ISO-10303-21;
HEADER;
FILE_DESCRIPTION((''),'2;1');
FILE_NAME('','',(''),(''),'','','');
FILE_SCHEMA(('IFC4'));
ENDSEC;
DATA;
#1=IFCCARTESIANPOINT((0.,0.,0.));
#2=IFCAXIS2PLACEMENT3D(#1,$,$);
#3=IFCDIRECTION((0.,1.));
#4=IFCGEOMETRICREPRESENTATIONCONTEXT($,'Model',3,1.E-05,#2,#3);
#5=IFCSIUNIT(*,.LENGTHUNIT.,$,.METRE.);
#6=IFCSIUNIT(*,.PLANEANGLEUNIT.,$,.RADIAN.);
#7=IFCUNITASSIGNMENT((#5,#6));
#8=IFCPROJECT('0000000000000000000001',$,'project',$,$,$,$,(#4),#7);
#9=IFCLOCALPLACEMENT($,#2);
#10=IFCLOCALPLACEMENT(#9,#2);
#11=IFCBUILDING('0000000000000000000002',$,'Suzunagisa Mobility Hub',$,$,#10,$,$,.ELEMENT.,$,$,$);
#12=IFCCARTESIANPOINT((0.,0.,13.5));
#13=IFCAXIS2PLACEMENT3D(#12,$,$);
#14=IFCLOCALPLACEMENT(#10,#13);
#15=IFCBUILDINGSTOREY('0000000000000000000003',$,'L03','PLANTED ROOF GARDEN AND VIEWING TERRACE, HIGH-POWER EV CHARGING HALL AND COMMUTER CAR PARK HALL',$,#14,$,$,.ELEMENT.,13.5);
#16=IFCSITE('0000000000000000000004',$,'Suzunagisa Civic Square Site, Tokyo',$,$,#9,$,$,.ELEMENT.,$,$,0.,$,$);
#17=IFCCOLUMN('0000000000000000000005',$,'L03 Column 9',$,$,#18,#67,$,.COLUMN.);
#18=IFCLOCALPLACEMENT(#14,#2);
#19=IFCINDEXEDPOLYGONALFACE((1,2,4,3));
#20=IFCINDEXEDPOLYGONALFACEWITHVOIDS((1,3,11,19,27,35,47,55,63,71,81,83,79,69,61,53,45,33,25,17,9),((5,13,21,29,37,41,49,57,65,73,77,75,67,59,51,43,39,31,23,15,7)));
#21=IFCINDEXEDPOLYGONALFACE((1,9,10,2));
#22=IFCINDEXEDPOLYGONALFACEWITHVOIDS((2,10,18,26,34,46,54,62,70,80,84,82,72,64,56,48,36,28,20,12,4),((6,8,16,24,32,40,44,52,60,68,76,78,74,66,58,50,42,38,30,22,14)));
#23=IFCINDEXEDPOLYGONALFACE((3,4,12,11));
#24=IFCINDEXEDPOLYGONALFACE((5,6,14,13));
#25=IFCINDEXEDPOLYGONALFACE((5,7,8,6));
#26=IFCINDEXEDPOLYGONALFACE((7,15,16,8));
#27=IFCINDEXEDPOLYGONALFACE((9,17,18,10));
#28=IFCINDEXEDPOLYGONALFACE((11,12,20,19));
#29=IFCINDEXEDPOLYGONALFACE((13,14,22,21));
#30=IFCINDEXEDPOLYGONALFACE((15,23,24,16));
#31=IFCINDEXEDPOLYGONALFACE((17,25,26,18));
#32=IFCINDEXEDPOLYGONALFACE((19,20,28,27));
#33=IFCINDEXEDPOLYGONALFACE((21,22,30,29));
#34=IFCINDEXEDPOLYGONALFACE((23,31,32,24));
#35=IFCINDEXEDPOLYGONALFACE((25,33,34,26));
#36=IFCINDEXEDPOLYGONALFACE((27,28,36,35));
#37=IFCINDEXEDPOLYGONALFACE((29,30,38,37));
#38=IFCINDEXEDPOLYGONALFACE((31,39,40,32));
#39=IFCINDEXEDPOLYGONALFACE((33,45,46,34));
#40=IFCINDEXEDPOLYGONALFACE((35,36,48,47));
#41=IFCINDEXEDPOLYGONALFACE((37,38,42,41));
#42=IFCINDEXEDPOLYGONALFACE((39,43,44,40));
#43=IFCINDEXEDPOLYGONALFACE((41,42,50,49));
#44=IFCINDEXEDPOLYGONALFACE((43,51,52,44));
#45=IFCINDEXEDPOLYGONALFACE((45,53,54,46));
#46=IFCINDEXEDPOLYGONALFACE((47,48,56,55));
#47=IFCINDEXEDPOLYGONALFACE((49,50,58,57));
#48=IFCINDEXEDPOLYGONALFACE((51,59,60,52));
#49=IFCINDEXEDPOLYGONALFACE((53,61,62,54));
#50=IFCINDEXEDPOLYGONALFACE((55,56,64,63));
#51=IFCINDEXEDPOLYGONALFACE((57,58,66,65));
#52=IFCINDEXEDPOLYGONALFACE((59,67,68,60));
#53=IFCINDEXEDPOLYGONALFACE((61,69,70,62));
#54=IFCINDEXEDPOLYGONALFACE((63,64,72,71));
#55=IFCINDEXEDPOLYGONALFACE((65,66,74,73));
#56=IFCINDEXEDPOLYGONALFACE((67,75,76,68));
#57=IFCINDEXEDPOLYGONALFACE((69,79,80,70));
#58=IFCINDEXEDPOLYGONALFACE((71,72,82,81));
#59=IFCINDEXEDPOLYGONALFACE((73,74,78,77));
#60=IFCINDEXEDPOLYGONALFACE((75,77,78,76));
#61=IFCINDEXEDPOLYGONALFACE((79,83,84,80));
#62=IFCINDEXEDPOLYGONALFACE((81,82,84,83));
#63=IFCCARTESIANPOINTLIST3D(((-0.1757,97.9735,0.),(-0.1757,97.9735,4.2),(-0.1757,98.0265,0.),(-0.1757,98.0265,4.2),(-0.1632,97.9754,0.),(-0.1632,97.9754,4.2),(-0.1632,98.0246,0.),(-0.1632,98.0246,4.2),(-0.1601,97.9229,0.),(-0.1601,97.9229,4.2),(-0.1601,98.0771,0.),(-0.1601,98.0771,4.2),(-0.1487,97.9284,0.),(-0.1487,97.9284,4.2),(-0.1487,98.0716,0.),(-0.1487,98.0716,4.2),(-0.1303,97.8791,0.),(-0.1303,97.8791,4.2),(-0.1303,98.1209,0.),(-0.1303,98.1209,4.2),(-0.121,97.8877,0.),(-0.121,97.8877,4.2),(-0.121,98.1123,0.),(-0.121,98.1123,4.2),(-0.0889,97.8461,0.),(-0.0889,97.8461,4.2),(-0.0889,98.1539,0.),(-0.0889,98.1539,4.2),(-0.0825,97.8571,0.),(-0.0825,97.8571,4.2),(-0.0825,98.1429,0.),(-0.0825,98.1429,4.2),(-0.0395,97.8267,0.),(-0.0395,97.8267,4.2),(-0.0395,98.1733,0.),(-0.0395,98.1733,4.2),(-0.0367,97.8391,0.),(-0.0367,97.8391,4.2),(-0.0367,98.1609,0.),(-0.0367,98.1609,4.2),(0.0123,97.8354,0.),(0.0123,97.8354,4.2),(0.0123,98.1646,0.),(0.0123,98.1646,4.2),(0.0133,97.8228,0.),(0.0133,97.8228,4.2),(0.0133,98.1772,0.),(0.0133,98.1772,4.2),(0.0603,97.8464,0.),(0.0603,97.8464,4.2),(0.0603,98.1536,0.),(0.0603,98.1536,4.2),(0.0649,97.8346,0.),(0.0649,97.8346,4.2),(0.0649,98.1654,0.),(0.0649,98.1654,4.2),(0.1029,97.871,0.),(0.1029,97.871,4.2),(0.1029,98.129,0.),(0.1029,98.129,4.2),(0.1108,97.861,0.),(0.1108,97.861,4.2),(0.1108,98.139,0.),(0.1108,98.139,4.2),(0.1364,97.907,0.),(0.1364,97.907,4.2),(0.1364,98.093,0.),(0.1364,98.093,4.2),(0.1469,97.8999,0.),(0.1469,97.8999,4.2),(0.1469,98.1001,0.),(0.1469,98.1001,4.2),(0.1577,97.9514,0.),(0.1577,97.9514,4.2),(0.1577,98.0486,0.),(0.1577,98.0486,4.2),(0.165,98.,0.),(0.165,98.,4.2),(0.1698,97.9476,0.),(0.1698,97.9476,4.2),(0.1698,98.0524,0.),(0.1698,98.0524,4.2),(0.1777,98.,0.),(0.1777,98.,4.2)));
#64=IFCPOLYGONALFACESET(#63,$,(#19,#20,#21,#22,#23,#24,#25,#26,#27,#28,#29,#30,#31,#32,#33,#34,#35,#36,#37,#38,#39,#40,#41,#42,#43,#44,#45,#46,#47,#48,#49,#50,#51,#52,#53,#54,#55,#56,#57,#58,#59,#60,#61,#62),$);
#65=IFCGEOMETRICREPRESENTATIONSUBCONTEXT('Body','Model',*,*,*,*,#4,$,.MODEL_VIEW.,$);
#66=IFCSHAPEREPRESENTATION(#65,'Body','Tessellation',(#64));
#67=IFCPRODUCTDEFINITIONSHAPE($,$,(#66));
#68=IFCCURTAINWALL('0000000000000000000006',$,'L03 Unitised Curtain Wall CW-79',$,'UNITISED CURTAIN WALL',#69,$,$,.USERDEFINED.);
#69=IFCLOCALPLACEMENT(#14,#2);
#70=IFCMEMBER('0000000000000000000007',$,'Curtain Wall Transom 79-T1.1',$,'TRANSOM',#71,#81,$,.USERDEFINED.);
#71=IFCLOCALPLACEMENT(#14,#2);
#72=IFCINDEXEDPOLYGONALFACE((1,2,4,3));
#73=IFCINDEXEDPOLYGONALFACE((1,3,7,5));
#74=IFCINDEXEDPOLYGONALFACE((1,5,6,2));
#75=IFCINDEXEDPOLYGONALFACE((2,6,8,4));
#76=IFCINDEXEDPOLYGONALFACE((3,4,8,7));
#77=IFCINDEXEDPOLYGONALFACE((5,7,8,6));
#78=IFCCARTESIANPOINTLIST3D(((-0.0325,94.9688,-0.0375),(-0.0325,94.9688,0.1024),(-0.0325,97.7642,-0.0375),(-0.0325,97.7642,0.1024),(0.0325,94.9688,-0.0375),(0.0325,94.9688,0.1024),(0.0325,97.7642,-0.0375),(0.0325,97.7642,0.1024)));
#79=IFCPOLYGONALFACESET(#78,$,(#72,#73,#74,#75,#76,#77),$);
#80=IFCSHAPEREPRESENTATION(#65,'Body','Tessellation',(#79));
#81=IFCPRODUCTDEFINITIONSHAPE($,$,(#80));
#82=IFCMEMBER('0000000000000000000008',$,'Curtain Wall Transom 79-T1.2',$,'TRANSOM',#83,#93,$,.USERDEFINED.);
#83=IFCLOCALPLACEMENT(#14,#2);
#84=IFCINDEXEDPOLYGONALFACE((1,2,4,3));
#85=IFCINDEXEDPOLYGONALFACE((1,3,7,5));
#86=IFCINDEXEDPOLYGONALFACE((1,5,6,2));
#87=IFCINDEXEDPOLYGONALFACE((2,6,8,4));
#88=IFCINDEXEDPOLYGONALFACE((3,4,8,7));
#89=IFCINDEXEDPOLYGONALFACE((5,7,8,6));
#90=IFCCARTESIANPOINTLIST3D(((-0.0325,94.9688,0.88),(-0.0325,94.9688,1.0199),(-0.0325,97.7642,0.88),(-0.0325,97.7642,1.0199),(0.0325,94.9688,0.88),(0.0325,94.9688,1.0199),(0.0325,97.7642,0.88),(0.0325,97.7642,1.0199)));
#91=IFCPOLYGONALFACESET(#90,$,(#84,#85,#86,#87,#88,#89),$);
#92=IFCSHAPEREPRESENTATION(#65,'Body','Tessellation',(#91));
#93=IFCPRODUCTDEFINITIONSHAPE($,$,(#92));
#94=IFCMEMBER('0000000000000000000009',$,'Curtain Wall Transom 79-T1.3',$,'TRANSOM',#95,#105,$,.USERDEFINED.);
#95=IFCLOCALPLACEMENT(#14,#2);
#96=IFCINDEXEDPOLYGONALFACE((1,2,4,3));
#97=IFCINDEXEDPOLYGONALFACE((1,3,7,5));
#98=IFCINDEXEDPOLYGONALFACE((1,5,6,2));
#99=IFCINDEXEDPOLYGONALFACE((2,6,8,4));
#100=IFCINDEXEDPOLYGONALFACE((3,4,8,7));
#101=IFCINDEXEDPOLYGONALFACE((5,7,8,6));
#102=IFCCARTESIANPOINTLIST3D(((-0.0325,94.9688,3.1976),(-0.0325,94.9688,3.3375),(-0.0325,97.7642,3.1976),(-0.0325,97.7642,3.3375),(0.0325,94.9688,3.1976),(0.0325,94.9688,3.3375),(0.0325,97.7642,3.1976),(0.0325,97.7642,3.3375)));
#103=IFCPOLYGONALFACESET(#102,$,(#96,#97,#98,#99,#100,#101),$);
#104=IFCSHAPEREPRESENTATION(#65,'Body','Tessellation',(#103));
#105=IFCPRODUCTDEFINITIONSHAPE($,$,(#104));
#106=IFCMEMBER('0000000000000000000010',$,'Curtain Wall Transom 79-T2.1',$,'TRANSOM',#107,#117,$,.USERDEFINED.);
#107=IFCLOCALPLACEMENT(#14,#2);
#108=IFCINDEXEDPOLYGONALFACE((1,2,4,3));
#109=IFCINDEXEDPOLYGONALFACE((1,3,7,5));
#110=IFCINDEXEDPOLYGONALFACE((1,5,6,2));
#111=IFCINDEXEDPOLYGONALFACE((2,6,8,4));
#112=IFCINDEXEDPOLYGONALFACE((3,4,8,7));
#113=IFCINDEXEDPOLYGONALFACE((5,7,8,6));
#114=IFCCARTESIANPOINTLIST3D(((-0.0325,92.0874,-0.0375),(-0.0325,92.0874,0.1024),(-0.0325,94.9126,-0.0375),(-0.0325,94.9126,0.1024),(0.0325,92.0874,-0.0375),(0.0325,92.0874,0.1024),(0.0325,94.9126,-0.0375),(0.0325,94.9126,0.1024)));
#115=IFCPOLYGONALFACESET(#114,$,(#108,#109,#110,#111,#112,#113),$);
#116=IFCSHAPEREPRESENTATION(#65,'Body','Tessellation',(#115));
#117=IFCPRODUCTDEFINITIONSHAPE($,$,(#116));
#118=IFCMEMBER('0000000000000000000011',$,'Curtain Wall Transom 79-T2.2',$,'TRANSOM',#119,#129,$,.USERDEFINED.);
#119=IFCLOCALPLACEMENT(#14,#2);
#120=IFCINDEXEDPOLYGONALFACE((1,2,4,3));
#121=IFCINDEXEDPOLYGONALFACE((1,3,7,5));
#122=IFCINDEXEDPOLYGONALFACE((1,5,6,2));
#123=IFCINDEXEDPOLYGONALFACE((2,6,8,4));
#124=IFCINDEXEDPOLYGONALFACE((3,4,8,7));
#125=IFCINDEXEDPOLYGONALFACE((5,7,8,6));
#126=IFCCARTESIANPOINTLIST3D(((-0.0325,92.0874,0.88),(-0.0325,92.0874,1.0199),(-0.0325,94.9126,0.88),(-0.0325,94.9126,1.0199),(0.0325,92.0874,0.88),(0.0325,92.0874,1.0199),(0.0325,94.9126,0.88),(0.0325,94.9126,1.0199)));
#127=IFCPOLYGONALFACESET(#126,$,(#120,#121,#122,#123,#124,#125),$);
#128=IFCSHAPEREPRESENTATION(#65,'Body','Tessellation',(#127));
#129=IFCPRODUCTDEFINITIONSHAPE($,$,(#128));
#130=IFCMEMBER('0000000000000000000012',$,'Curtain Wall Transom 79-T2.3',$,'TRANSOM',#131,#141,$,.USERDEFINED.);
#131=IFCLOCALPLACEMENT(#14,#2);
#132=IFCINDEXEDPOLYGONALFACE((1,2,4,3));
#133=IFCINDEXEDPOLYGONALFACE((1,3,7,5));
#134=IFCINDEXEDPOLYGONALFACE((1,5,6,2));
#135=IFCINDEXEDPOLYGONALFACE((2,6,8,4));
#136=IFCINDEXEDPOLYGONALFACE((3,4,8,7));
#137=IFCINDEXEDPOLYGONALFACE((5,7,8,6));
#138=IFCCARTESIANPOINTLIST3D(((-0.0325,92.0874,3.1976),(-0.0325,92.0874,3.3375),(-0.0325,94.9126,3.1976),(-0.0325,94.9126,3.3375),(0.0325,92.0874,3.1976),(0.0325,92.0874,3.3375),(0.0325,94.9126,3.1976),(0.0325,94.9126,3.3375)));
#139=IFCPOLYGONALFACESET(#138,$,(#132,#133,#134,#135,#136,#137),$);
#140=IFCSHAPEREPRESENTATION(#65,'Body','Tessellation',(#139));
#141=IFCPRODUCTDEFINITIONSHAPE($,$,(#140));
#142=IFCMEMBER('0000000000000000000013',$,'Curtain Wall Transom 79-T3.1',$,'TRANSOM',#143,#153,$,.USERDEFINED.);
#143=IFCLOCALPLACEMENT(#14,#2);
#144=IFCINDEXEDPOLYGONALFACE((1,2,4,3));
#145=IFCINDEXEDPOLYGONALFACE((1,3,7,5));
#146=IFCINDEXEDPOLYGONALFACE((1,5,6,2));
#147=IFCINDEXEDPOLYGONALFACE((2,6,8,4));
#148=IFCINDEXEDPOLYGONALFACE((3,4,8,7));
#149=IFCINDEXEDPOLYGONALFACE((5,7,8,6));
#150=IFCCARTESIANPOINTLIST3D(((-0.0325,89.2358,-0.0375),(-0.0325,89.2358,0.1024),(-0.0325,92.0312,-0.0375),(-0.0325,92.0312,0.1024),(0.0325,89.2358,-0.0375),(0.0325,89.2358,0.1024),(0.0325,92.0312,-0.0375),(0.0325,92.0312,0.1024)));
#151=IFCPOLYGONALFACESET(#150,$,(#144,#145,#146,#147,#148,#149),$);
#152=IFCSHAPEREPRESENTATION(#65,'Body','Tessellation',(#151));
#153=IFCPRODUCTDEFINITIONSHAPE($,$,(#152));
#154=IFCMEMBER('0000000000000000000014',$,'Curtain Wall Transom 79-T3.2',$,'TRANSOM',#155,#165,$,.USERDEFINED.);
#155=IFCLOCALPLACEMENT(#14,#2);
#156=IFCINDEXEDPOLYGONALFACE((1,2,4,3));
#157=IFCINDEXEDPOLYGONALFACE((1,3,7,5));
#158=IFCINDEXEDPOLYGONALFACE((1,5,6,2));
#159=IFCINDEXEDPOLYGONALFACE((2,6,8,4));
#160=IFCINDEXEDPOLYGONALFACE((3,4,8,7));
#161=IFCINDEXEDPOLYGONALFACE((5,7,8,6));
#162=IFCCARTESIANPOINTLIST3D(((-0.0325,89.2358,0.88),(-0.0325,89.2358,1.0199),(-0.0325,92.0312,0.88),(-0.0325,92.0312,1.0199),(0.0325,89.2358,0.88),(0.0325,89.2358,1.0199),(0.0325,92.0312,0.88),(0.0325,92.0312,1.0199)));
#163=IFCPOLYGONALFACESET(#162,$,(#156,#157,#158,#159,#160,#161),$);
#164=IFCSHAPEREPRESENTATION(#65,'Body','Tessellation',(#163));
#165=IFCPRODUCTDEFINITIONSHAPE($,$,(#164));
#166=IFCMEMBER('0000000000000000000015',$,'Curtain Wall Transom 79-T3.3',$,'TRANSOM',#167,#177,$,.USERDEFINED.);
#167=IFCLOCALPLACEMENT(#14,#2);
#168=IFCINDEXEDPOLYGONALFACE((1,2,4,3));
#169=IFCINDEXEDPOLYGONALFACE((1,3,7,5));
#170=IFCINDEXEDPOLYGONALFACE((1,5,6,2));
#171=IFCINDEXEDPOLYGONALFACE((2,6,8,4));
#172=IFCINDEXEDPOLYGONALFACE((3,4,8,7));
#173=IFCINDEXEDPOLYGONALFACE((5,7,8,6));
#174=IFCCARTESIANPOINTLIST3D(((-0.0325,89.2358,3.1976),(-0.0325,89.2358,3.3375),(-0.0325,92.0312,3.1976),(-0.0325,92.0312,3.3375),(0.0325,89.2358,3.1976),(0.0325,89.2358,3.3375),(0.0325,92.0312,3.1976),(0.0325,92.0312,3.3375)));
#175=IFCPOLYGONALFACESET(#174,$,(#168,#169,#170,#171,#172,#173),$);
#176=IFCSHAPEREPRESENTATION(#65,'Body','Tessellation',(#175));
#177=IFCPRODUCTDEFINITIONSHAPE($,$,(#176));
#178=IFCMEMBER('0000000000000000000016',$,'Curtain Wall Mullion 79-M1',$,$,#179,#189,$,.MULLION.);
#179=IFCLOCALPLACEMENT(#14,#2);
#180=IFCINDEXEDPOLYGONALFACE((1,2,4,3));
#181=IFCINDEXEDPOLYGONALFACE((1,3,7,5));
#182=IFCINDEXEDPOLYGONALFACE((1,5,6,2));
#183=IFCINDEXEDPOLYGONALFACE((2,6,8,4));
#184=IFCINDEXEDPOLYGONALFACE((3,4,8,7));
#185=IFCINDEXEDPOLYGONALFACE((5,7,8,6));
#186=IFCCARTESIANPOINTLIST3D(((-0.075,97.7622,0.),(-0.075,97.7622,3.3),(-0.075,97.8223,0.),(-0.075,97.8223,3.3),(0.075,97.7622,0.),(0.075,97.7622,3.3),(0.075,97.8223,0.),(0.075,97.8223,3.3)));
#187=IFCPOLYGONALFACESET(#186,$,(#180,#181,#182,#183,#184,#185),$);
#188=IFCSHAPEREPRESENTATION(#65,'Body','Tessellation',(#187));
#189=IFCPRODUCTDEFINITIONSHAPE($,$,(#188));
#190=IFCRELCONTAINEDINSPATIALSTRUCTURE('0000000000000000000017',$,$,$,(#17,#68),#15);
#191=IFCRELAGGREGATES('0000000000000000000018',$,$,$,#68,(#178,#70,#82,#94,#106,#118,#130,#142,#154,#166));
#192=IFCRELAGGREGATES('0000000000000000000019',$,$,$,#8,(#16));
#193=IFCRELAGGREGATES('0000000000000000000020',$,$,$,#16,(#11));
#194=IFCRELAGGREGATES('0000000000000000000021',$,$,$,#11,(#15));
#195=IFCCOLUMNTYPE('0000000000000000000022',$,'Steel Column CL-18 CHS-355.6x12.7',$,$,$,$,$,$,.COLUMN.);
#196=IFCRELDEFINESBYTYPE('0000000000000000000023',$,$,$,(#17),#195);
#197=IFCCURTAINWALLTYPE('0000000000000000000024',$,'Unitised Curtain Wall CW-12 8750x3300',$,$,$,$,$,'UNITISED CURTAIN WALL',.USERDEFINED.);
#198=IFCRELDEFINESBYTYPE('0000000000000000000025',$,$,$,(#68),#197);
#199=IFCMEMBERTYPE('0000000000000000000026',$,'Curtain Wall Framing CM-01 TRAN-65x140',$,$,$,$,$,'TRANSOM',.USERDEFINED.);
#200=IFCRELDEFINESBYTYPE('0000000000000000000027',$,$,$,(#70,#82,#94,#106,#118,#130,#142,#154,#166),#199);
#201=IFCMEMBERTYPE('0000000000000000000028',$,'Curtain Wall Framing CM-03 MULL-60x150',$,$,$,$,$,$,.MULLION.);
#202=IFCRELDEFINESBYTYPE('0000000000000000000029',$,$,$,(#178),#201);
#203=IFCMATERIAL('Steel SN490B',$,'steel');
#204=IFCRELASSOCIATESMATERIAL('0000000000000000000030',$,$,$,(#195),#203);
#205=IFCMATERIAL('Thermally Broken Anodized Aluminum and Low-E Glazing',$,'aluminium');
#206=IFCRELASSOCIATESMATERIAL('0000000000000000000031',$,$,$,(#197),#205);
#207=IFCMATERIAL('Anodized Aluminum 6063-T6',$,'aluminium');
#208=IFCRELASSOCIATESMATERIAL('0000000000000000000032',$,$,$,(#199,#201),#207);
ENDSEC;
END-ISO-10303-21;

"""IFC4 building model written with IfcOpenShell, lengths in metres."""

from ifc_helpers import new_model, si_unit, direction, frame, origin, origin_2d, place, context, subcontext, project, spatial, rectangle, hollow_circle, extrude, material, material_profile, profile_set, type_object, element, aggregate, save


model = new_model("IFC4")

# Units and contexts
model_context = context("Model", 3, precision=1e-05, world=origin(), true_north=direction((0.0, 1.0)))
body_context = subcontext(model_context, "Body", "Model", "MODEL_VIEW")
ifc_project = project(units=[si_unit("LENGTHUNIT", "METRE"), si_unit("PLANEANGLEUNIT", "RADIAN")], contexts=[model_context])

# Site, building, storey
site_placement = place(None, origin())
site = spatial("IfcSite", under=ifc_project, at=site_placement, Name="Suzunagisa Civic Square Site, Tokyo", CompositionType="ELEMENT", RefElevation=0.0)
building_placement = place(site_placement, origin())
building = spatial("IfcBuilding", under=site, at=building_placement, Name="Suzunagisa Mobility Hub", CompositionType="ELEMENT")
storey_placement = place(building_placement, frame((0.0, 0.0, 13.5)))
storey = spatial("IfcBuildingStorey", under=building, at=storey_placement, Name="L03", Description="PLANTED ROOF GARDEN AND VIEWING TERRACE, HIGH-POWER EV CHARGING HALL AND COMMUTER CAR PARK HALL", CompositionType="ELEMENT", Elevation=13.5)

# Column
ifc_material_1 = material(Name="Steel SN490B", Category="steel")
ifc_material_profile_1 = material_profile(ifc_material_1, hollow_circle(Radius=0.1777, WallThickness=0.0127, at=origin_2d()), Name="CHS-355.6x12.7")
ifc_profile_set_1 = profile_set([ifc_material_profile_1], Name="Steel SN490B")
column_type = type_object("IfcColumnType", Name="Steel Column CL-18 CHS-355.6x12.7", PredefinedType="COLUMN", material=ifc_profile_set_1)
column_placement = place(storey_placement, frame((0.0, 98.0, 0.0), z_axis=(0.0, 0.0, 1.0), x_axis=(1.0, 0.0, 0.0)))
element("IfcColumn", 1, at=column_placement, inside=storey, type_object=column_type, Name="L03 Column 9", PredefinedType="COLUMN", context=body_context, shape_type="SweptSolid", body=[
    extrude(hollow_circle(Radius=0.1777, WallThickness=0.0127, at=origin_2d()), origin(), (0.0, 0.0, 1.0), 4.2),
])

# Curtain wall, members
ifc_material_2 = material(Name="Thermally Broken Anodized Aluminum and Low-E Glazing", Category="aluminium")
curtain_wall_type = type_object("IfcCurtainWallType", Name="Unitised Curtain Wall CW-12 8750x3300", ElementType="UNITISED CURTAIN WALL", PredefinedType="USERDEFINED", material=ifc_material_2)
curtain_wall_placement = place(storey_placement, origin())
curtain_wall = element("IfcCurtainWall", 2, at=curtain_wall_placement, inside=storey, type_object=curtain_wall_type, Name="L03 Unitised Curtain Wall CW-79", ObjectType="UNITISED CURTAIN WALL", PredefinedType="USERDEFINED")
ifc_material_3 = material(Name="Anodized Aluminum 6063-T6", Category="aluminium")
ifc_material_profile_2 = material_profile(ifc_material_3, rectangle(XDim=0.0649, YDim=0.1399, at=origin_2d()), Name="TRAN-65x140")
ifc_profile_set_2 = profile_set([ifc_material_profile_2], Name="Anodized Aluminum 6063-T6")
member_type_1 = type_object("IfcMemberType", Name="Curtain Wall Framing CM-01 TRAN-65x140", ElementType="TRANSOM", PredefinedType="USERDEFINED", material=ifc_profile_set_2)
member_1_placement = place(storey_placement, frame((0.0, 97.7642, 0.0325), z_axis=(0.0, -1.0, 0.0), x_axis=(1.0, 0.0, 0.0)))
member_1 = element("IfcMember", 3, at=member_1_placement, type_object=member_type_1, Name="Curtain Wall Transom 79-T1.1", ObjectType="TRANSOM", PredefinedType="USERDEFINED", context=body_context, shape_type="SweptSolid", body=[
    extrude(rectangle(XDim=0.0649, YDim=0.1399, at=origin_2d()), origin(), (0.0, 0.0, 1.0), 2.7954),
])
member_2_placement = place(storey_placement, frame((0.0, 97.7642, 0.95), z_axis=(0.0, -1.0, 0.0), x_axis=(1.0, 0.0, 0.0)))
member_2 = element("IfcMember", 4, at=member_2_placement, type_object=member_type_1, Name="Curtain Wall Transom 79-T1.2", ObjectType="TRANSOM", PredefinedType="USERDEFINED", context=body_context, shape_type="SweptSolid", body=[
    extrude(rectangle(XDim=0.0649, YDim=0.1399, at=origin_2d()), origin(), (0.0, 0.0, 1.0), 2.7954),
])
member_3_placement = place(storey_placement, frame((0.0, 97.7642, 3.2676), z_axis=(0.0, -1.0, 0.0), x_axis=(1.0, 0.0, 0.0)))
member_3 = element("IfcMember", 5, at=member_3_placement, type_object=member_type_1, Name="Curtain Wall Transom 79-T1.3", ObjectType="TRANSOM", PredefinedType="USERDEFINED", context=body_context, shape_type="SweptSolid", body=[
    extrude(rectangle(XDim=0.0649, YDim=0.1399, at=origin_2d()), origin(), (0.0, 0.0, 1.0), 2.7954),
])
member_4_placement = place(storey_placement, frame((0.0, 94.9126, 0.0325), z_axis=(0.0, -1.0, 0.0), x_axis=(1.0, 0.0, 0.0)))
member_4 = element("IfcMember", 6, at=member_4_placement, type_object=member_type_1, Name="Curtain Wall Transom 79-T2.1", ObjectType="TRANSOM", PredefinedType="USERDEFINED", context=body_context, shape_type="SweptSolid", body=[
    extrude(rectangle(XDim=0.0649, YDim=0.1399, at=origin_2d()), origin(), (0.0, 0.0, 1.0), 2.8252),
])
member_5_placement = place(storey_placement, frame((0.0, 94.9126, 0.95), z_axis=(0.0, -1.0, 0.0), x_axis=(1.0, 0.0, 0.0)))
member_5 = element("IfcMember", 7, at=member_5_placement, type_object=member_type_1, Name="Curtain Wall Transom 79-T2.2", ObjectType="TRANSOM", PredefinedType="USERDEFINED", context=body_context, shape_type="SweptSolid", body=[
    extrude(rectangle(XDim=0.0649, YDim=0.1399, at=origin_2d()), origin(), (0.0, 0.0, 1.0), 2.8252),
])
member_6_placement = place(storey_placement, frame((0.0, 94.9126, 3.2676), z_axis=(0.0, -1.0, 0.0), x_axis=(1.0, 0.0, 0.0)))
member_6 = element("IfcMember", 8, at=member_6_placement, type_object=member_type_1, Name="Curtain Wall Transom 79-T2.3", ObjectType="TRANSOM", PredefinedType="USERDEFINED", context=body_context, shape_type="SweptSolid", body=[
    extrude(rectangle(XDim=0.0649, YDim=0.1399, at=origin_2d()), origin(), (0.0, 0.0, 1.0), 2.8252),
])
member_7_placement = place(storey_placement, frame((0.0, 92.0312, 0.0325), z_axis=(0.0, -1.0, 0.0), x_axis=(1.0, 0.0, 0.0)))
member_7 = element("IfcMember", 9, at=member_7_placement, type_object=member_type_1, Name="Curtain Wall Transom 79-T3.1", ObjectType="TRANSOM", PredefinedType="USERDEFINED", context=body_context, shape_type="SweptSolid", body=[
    extrude(rectangle(XDim=0.0649, YDim=0.1399, at=origin_2d()), origin(), (0.0, 0.0, 1.0), 2.7954),
])
member_8_placement = place(storey_placement, frame((0.0, 92.0312, 0.95), z_axis=(0.0, -1.0, 0.0), x_axis=(1.0, 0.0, 0.0)))
member_8 = element("IfcMember", 10, at=member_8_placement, type_object=member_type_1, Name="Curtain Wall Transom 79-T3.2", ObjectType="TRANSOM", PredefinedType="USERDEFINED", context=body_context, shape_type="SweptSolid", body=[
    extrude(rectangle(XDim=0.0649, YDim=0.1399, at=origin_2d()), origin(), (0.0, 0.0, 1.0), 2.7954),
])
member_9_placement = place(storey_placement, frame((0.0, 92.0312, 3.2676), z_axis=(0.0, -1.0, 0.0), x_axis=(1.0, 0.0, 0.0)))
member_9 = element("IfcMember", 11, at=member_9_placement, type_object=member_type_1, Name="Curtain Wall Transom 79-T3.3", ObjectType="TRANSOM", PredefinedType="USERDEFINED", context=body_context, shape_type="SweptSolid", body=[
    extrude(rectangle(XDim=0.0649, YDim=0.1399, at=origin_2d()), origin(), (0.0, 0.0, 1.0), 2.7954),
])
ifc_material_profile_3 = material_profile(ifc_material_3, rectangle(XDim=0.0601, YDim=0.1499, at=origin_2d()), Name="MULL-60x150")
ifc_profile_set_3 = profile_set([ifc_material_profile_3], Name="Anodized Aluminum 6063-T6")
member_type_2 = type_object("IfcMemberType", Name="Curtain Wall Framing CM-03 MULL-60x150", PredefinedType="MULLION", material=ifc_profile_set_3)
member_10_placement = place(storey_placement, frame((0.0, 97.7922, 0.0), z_axis=(0.0, 0.0, 1.0), x_axis=(0.0, -1.0, 0.0)))
member_10 = element("IfcMember", 12, at=member_10_placement, type_object=member_type_2, Name="Curtain Wall Mullion 79-M1", PredefinedType="MULLION", context=body_context, shape_type="SweptSolid", body=[
    extrude(rectangle(XDim=0.0601, YDim=0.1499, at=origin_2d()), origin(), (0.0, 0.0, 1.0), 3.3),
])

aggregate(curtain_wall, [member_10, member_1, member_2, member_3, member_4, member_5, member_6, member_7, member_8, member_9])

save(model, "model.ifc")
